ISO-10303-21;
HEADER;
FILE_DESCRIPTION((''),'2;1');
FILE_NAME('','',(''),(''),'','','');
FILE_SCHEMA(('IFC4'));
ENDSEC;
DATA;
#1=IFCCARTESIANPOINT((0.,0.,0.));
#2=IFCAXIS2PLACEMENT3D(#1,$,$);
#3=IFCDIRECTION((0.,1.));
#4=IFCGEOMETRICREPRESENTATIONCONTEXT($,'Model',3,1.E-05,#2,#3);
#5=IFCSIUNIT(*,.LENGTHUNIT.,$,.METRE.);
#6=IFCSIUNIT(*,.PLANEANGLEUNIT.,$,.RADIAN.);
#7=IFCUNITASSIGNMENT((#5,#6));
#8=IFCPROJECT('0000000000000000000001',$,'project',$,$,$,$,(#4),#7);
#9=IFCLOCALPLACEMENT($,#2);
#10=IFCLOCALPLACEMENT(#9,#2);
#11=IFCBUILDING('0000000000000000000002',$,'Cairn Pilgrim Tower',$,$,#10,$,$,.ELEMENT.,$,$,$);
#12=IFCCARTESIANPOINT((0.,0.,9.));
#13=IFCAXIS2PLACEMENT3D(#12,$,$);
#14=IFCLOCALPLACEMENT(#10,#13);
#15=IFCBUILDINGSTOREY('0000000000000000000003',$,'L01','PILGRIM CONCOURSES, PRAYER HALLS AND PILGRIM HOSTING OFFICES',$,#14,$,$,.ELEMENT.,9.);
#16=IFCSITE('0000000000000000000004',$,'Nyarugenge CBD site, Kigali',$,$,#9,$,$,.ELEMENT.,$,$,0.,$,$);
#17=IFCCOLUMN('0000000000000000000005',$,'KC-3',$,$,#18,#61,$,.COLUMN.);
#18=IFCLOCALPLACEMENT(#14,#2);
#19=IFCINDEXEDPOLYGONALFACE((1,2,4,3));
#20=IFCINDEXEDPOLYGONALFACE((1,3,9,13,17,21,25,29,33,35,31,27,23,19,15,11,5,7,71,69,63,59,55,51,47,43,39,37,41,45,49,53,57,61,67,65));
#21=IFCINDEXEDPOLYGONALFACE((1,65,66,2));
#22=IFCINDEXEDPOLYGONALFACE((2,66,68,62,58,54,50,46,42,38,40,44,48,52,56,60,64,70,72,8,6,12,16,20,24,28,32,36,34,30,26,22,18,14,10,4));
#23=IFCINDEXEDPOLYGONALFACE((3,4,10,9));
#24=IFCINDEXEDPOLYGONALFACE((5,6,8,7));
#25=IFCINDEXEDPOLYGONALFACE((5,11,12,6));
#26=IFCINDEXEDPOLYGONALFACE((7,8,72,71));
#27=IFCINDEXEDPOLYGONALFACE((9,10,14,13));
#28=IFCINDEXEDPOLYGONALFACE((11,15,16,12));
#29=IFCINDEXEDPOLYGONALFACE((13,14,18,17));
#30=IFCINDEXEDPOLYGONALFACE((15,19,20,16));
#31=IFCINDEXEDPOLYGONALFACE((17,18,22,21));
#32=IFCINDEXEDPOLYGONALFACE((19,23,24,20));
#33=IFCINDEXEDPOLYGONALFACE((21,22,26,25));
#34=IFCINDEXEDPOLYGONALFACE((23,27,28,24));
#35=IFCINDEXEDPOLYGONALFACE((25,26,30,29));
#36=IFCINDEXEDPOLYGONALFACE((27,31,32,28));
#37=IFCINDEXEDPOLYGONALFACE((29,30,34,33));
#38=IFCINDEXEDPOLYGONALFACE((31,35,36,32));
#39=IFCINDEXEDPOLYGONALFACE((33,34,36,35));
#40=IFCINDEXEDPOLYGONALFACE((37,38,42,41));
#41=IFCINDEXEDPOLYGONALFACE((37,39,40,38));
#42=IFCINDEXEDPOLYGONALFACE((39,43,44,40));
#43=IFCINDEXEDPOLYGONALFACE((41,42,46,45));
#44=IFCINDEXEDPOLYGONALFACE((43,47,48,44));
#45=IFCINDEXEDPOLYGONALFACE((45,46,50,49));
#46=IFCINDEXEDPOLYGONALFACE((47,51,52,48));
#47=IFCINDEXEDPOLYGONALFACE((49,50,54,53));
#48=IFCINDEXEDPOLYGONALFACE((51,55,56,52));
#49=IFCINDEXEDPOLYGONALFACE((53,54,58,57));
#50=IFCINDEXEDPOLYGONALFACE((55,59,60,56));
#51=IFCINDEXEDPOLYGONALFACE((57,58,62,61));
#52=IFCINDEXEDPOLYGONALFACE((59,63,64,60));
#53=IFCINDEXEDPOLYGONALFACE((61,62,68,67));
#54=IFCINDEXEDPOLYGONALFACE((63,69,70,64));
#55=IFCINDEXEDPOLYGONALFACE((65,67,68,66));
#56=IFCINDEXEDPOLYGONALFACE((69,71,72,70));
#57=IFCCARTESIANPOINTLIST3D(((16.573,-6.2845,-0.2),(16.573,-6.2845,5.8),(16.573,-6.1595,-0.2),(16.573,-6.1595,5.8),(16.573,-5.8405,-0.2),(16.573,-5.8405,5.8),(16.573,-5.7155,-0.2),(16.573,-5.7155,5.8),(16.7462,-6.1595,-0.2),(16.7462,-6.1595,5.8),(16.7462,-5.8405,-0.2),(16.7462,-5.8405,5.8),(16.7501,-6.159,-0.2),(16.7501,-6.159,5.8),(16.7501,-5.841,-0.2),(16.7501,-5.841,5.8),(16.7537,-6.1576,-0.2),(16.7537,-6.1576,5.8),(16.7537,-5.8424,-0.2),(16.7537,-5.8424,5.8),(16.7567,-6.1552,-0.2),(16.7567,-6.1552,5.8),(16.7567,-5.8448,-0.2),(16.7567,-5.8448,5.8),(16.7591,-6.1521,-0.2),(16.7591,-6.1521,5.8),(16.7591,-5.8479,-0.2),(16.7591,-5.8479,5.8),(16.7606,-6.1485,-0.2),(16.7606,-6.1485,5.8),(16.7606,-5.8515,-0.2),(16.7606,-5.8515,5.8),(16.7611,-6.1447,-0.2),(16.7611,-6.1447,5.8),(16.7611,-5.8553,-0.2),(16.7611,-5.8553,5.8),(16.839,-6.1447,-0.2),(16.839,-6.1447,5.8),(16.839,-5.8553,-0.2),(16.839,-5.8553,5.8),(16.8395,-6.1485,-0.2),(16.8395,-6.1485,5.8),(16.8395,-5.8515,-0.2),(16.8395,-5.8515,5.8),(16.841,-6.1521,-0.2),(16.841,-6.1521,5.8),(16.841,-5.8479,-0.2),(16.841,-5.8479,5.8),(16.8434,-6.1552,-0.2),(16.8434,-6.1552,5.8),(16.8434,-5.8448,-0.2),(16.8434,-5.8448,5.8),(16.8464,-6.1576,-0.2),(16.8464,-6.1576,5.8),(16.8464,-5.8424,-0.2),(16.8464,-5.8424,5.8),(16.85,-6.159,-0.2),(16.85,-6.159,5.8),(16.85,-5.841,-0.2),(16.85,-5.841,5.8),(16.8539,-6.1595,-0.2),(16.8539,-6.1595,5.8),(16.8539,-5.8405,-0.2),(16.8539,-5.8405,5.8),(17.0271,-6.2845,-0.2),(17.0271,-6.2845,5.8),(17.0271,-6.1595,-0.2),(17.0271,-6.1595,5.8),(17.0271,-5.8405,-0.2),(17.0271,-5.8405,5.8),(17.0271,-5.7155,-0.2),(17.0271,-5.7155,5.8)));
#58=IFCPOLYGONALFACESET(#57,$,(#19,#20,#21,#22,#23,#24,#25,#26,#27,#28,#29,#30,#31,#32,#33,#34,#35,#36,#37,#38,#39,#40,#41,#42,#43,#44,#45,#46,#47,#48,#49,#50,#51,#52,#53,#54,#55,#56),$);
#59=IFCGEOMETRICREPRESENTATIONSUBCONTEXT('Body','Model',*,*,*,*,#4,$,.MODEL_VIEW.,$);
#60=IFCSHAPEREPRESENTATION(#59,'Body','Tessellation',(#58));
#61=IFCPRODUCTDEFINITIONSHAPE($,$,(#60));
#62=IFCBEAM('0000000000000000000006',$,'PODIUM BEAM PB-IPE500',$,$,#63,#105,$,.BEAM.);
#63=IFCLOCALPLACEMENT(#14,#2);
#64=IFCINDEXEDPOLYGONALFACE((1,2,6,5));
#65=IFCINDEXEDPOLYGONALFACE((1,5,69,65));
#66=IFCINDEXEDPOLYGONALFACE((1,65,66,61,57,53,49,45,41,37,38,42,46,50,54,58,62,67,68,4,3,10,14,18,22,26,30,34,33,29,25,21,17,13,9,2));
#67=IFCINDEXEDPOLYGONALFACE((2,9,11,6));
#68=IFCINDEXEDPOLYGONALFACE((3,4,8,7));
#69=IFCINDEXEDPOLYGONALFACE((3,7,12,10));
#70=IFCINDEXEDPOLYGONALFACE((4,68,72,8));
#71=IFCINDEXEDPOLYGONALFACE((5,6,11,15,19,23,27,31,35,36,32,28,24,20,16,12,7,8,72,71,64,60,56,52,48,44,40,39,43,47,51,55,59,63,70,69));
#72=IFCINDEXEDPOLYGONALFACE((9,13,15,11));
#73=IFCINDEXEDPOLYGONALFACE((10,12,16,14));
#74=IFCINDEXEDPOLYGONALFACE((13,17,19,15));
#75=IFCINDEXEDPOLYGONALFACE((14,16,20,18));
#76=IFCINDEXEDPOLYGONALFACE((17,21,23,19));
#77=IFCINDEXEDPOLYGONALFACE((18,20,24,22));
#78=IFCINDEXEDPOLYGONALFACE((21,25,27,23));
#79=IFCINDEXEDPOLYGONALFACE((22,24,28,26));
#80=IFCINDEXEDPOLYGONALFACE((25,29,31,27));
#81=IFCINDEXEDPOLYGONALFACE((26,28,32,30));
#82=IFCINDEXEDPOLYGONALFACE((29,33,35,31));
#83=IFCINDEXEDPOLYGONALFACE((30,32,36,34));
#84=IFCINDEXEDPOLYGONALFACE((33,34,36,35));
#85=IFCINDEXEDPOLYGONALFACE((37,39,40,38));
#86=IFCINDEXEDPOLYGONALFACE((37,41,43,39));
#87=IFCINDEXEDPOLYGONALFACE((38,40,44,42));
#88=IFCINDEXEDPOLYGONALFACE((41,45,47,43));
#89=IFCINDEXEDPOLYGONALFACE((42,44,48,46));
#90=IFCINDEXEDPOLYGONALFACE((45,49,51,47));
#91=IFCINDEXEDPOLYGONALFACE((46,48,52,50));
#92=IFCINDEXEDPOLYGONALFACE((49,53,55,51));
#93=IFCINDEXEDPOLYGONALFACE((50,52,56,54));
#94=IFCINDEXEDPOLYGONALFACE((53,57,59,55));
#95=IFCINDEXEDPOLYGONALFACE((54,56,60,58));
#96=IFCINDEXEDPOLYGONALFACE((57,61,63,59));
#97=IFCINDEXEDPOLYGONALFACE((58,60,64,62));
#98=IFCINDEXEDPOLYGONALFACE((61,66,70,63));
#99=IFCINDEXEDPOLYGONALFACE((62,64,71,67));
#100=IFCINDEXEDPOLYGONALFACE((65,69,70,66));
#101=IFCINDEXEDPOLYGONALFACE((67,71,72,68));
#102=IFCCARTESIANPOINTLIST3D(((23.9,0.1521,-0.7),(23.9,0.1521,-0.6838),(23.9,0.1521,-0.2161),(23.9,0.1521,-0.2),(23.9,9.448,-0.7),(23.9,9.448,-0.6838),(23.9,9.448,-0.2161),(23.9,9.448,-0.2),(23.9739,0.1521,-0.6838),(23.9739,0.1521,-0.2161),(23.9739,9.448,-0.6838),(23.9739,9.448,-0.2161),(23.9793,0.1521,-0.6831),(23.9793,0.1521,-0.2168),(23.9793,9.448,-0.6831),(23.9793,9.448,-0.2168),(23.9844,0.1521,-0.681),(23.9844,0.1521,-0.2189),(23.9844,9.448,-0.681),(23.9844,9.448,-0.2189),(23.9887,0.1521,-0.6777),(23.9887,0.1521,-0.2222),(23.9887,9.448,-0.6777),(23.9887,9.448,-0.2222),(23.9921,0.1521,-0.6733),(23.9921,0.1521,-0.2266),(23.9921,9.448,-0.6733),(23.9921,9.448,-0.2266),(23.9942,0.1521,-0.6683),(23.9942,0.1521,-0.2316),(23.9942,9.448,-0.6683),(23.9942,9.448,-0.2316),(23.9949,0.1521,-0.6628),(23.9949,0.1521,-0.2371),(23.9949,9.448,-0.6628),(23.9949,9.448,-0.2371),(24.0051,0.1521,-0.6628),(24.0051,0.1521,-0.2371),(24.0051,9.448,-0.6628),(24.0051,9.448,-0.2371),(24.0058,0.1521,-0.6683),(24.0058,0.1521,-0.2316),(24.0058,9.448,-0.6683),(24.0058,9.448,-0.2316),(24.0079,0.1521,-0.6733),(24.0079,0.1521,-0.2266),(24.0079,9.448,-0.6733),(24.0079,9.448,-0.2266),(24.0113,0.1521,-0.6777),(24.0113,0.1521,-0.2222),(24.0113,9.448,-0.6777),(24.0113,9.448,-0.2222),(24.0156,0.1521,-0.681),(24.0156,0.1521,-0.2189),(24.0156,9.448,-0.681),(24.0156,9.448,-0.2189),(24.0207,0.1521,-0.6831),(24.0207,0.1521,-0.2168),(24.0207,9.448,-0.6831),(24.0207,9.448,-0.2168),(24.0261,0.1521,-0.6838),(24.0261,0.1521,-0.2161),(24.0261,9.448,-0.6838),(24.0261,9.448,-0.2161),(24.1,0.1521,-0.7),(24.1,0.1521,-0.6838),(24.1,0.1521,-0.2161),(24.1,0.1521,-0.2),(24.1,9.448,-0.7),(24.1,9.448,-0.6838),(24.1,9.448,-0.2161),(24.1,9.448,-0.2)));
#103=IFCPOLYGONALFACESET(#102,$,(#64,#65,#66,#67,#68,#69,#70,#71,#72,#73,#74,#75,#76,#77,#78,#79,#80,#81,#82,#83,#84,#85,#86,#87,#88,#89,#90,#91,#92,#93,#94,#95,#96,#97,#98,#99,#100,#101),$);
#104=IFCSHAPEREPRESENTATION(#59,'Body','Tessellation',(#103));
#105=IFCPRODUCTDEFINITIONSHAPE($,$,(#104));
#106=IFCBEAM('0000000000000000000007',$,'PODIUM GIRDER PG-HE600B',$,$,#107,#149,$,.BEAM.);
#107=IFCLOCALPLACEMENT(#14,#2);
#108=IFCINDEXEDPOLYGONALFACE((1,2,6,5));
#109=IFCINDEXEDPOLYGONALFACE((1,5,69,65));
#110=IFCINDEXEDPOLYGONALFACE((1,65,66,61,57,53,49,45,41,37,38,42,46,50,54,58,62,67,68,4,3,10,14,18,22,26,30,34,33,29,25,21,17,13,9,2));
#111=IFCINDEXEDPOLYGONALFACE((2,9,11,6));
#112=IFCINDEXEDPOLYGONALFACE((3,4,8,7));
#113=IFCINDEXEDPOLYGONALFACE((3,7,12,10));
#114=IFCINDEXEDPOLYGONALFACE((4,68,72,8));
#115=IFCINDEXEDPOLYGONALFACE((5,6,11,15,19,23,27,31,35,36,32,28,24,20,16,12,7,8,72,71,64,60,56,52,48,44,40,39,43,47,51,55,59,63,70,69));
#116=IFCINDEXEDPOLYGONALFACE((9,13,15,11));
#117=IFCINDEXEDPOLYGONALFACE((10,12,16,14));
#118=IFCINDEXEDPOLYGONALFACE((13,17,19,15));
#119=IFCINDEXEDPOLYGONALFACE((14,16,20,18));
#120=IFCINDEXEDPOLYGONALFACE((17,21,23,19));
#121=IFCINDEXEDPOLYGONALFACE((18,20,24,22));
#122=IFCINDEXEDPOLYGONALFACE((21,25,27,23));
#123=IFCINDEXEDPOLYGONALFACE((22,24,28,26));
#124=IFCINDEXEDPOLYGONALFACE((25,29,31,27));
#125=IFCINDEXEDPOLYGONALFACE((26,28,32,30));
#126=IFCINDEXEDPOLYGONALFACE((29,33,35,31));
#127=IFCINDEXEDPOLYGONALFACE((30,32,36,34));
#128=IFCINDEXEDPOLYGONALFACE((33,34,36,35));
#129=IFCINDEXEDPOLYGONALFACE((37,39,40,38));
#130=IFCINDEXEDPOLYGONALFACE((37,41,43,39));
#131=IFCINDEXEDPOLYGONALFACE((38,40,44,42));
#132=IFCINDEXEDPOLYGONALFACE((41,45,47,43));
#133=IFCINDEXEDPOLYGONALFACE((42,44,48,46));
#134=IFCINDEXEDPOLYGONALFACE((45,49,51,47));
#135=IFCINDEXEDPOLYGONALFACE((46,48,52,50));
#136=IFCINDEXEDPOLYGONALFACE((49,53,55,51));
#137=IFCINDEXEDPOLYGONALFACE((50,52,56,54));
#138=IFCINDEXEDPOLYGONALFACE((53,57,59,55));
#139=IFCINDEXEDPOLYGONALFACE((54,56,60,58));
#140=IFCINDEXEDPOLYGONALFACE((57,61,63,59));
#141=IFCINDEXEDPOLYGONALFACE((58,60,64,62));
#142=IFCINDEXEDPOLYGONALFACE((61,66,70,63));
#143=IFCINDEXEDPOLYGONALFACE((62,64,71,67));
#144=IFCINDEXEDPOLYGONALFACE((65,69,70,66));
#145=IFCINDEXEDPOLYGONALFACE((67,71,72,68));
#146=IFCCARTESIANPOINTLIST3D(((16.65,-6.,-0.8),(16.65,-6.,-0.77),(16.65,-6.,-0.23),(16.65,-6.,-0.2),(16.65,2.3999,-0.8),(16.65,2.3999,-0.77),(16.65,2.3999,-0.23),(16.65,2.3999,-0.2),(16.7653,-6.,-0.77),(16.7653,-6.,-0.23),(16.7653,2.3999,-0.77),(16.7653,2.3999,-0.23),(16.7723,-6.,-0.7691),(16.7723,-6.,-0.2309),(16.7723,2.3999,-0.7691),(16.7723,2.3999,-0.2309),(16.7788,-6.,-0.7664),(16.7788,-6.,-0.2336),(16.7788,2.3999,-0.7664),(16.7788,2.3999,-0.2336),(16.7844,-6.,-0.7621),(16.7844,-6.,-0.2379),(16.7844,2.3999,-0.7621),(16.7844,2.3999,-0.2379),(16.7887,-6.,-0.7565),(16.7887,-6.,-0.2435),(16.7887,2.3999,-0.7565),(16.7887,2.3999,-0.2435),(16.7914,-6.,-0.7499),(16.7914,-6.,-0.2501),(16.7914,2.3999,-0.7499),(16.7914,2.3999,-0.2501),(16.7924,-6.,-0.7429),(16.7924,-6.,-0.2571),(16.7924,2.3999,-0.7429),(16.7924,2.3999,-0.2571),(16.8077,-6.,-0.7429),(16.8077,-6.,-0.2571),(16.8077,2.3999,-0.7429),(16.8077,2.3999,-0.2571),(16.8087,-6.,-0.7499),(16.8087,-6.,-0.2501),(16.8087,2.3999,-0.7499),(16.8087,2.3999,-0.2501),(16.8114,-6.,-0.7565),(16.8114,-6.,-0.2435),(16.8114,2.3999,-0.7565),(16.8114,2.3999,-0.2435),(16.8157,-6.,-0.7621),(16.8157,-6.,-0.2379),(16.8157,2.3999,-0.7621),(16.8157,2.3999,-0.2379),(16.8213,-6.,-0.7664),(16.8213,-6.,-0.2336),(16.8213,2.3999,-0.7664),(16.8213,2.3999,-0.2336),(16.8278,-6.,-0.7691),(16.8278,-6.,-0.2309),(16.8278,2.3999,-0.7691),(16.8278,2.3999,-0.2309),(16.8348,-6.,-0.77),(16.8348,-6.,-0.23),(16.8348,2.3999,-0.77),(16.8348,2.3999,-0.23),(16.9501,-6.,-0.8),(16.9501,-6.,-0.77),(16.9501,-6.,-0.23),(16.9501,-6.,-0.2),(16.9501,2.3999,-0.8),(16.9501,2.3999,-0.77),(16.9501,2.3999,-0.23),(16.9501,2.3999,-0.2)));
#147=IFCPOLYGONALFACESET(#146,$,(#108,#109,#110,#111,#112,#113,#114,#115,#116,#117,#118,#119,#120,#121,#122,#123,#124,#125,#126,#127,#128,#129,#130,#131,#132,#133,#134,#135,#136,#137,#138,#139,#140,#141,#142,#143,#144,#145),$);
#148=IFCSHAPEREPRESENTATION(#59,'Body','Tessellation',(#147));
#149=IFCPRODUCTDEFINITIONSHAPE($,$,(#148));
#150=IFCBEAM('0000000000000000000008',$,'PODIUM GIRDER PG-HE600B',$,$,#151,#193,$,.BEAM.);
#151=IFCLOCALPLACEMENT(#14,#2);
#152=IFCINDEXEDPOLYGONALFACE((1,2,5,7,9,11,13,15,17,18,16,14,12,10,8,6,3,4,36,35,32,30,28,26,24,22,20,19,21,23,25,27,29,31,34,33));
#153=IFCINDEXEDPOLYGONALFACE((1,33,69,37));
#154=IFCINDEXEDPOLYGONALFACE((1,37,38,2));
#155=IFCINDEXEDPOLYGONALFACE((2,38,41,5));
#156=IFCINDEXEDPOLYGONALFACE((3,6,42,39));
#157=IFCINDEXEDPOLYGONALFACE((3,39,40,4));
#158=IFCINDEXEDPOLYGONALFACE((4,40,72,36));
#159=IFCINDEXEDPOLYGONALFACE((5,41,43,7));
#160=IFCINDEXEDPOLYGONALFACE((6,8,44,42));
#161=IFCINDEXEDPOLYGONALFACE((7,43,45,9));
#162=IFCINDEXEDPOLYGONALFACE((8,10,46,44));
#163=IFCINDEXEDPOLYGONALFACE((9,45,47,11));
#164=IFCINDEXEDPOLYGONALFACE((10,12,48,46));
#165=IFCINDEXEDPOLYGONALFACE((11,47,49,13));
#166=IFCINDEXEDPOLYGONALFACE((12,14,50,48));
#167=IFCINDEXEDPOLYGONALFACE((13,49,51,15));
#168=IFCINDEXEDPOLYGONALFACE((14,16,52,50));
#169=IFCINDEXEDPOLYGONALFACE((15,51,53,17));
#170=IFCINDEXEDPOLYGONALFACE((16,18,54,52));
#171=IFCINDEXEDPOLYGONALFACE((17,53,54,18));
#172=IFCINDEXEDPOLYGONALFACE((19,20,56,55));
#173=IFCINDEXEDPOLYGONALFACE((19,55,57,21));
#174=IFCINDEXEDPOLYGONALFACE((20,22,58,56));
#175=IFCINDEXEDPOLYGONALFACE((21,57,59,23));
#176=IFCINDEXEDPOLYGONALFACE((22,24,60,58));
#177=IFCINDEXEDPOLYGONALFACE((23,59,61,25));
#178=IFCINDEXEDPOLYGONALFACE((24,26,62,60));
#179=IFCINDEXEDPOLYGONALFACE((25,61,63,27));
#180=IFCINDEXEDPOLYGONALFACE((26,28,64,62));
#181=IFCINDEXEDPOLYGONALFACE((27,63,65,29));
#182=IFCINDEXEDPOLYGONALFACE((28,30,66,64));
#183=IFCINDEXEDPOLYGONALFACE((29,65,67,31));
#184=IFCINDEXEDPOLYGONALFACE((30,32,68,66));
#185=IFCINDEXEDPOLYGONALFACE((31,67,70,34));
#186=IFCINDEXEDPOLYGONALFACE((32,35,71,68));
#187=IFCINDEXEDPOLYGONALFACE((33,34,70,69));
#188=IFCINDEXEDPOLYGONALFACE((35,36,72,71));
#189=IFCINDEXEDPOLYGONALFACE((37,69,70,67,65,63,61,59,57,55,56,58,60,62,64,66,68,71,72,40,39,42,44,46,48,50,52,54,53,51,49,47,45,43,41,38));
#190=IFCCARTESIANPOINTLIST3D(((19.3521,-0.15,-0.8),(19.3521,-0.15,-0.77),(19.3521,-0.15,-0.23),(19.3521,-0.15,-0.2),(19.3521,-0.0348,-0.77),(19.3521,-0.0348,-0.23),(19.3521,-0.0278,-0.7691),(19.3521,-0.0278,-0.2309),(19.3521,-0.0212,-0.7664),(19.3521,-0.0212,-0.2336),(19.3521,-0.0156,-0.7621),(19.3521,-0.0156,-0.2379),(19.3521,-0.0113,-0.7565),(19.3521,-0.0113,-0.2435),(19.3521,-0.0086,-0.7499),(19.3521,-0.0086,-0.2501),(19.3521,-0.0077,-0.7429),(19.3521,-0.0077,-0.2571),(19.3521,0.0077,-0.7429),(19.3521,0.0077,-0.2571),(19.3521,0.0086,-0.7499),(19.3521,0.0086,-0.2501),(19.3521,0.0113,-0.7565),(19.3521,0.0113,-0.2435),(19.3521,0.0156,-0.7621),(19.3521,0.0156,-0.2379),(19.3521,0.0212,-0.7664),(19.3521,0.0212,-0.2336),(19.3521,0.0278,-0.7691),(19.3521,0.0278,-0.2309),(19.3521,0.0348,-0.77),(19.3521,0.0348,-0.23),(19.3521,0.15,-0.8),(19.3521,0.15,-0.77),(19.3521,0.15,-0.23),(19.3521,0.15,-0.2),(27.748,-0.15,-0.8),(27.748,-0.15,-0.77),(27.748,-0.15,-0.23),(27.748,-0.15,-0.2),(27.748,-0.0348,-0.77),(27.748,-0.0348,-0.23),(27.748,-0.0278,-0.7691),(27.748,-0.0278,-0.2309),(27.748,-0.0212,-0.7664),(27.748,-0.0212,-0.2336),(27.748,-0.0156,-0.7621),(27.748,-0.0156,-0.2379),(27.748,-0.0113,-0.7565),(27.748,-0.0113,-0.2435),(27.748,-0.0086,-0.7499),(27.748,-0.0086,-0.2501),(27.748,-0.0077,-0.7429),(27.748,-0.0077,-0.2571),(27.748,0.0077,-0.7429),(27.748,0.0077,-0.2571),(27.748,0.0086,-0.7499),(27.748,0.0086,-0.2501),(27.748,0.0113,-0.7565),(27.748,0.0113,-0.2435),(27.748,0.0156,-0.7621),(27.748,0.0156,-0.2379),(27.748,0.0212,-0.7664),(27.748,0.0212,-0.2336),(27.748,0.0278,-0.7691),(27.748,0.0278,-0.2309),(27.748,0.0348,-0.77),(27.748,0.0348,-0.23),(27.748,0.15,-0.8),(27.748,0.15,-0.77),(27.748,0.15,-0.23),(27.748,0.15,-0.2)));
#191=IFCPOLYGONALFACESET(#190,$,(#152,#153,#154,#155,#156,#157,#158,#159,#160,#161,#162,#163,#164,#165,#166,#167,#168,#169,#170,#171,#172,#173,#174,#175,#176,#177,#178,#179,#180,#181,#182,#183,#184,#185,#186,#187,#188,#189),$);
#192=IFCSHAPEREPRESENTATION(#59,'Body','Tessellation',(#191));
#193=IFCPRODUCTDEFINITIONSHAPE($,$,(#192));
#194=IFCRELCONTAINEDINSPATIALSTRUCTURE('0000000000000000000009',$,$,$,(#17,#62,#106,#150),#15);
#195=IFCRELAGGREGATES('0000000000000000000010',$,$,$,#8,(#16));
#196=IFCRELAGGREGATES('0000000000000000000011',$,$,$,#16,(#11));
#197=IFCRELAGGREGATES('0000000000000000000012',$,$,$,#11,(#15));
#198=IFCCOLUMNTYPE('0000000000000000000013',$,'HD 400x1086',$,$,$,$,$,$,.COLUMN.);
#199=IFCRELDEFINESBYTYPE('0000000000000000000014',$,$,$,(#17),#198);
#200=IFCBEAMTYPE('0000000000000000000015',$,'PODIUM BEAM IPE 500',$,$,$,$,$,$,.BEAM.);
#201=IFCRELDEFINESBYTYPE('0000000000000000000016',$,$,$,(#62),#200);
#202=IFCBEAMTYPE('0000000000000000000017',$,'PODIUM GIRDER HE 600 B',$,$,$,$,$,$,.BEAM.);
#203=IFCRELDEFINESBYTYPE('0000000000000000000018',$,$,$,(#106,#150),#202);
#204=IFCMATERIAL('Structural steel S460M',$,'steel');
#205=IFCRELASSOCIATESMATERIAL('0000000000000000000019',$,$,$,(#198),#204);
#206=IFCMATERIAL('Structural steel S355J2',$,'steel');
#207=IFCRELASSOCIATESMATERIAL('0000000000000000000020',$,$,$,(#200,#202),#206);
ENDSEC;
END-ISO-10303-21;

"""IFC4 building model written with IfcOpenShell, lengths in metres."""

from ifc_helpers import new_model, si_unit, direction, frame, origin, origin_2d, place, context, subcontext, project, spatial, i_section, extrude, material, material_profile, profile_set, type_object, element, save


model = new_model("IFC4")

# Units and contexts
model_context = context("Model", 3, precision=1e-05, world=origin(), true_north=direction((0.0, 1.0)))
body_context = subcontext(model_context, "Body", "Model", "MODEL_VIEW")
ifc_project = project(units=[si_unit("LENGTHUNIT", "METRE"), si_unit("PLANEANGLEUNIT", "RADIAN")], contexts=[model_context])

# Site, building, storey
site_placement = place(None, origin())
site = spatial("IfcSite", under=ifc_project, at=site_placement, Name="Nyarugenge CBD site, Kigali", CompositionType="ELEMENT", RefElevation=0.0)
building_placement = place(site_placement, origin())
building = spatial("IfcBuilding", under=site, at=building_placement, Name="Cairn Pilgrim Tower", CompositionType="ELEMENT")
storey_placement = place(building_placement, frame((0.0, 0.0, 9.0)))
storey = spatial("IfcBuildingStorey", under=building, at=storey_placement, Name="L01", Description="PILGRIM CONCOURSES, PRAYER HALLS AND PILGRIM HOSTING OFFICES", CompositionType="ELEMENT", Elevation=9.0)

# Column
ifc_material_1 = material(Name="Structural steel S460M", Category="steel")
ifc_material_profile_1 = material_profile(ifc_material_1, i_section(OverallWidth=0.4541, OverallDepth=0.5691, WebThickness=0.0779, FlangeThickness=0.125, FilletRadius=0.0149, at=origin_2d()), Name="HD 400x1086")
ifc_profile_set_1 = profile_set([ifc_material_profile_1], Name="Structural steel S460M")
column_type = type_object("IfcColumnType", Name="HD 400x1086", PredefinedType="COLUMN", material=ifc_profile_set_1)
column_placement = place(storey_placement, frame((16.8, -6.0, -0.2), z_axis=(0.0, 0.0, 1.0), x_axis=(1.0, 0.0, 0.0)))
element("IfcColumn", 1, at=column_placement, inside=storey, type_object=column_type, Name="KC-3", PredefinedType="COLUMN", context=body_context, shape_type="SweptSolid", body=[
    extrude(i_section(OverallWidth=0.4541, OverallDepth=0.5691, WebThickness=0.0779, FlangeThickness=0.125, FilletRadius=0.0149, at=origin_2d()), origin(), (0.0, 0.0, 1.0), 6.0),
])

# Beams
ifc_material_2 = material(Name="Structural steel S355J2", Category="steel")
ifc_material_profile_2 = material_profile(ifc_material_2, i_section(OverallWidth=0.2, OverallDepth=0.5, WebThickness=0.0103, FlangeThickness=0.0161, FilletRadius=0.021, at=origin_2d()), Name="IPE 500")
ifc_profile_set_2 = profile_set([ifc_material_profile_2], Name="Structural steel S355J2")
beam_type_1 = type_object("IfcBeamType", Name="PODIUM BEAM IPE 500", PredefinedType="BEAM", material=ifc_profile_set_2)
beam_1_placement = place(storey_placement, frame((24.0, 0.1521, -0.45), z_axis=(0.0, 1.0, 0.0), x_axis=(-1.0, 0.0, 0.0)))
element("IfcBeam", 2, at=beam_1_placement, inside=storey, type_object=beam_type_1, Name="PODIUM BEAM PB-IPE500", PredefinedType="BEAM", context=body_context, shape_type="SweptSolid", body=[
    extrude(i_section(OverallWidth=0.2, OverallDepth=0.5, WebThickness=0.0103, FlangeThickness=0.0161, FilletRadius=0.021, at=origin_2d()), origin(), (0.0, 0.0, 1.0), 9.2959),
])
ifc_material_profile_3 = material_profile(ifc_material_2, i_section(OverallWidth=0.3, OverallDepth=0.6001, WebThickness=0.0154, FlangeThickness=0.03, FilletRadius=0.0271, at=origin_2d()), Name="HEB 600")
ifc_profile_set_3 = profile_set([ifc_material_profile_3], Name="Structural steel S355J2")
beam_type_2 = type_object("IfcBeamType", Name="PODIUM GIRDER HE 600 B", PredefinedType="BEAM", material=ifc_profile_set_3)
beam_2_placement = place(storey_placement, frame((16.8, -6.0, -0.5), z_axis=(0.0, 1.0, 0.0), x_axis=(-1.0, 0.0, 0.0)))
element("IfcBeam", 3, at=beam_2_placement, inside=storey, type_object=beam_type_2, Name="PODIUM GIRDER PG-HE600B", PredefinedType="BEAM", context=body_context, shape_type="SweptSolid", body=[
    extrude(i_section(OverallWidth=0.3, OverallDepth=0.6001, WebThickness=0.0154, FlangeThickness=0.03, FilletRadius=0.0271, at=origin_2d()), origin(), (0.0, 0.0, 1.0), 8.3999),
])
beam_3_placement = place(storey_placement, frame((19.3521, 0.0, -0.5), z_axis=(1.0, 0.0, 0.0), x_axis=(0.0, 1.0, 0.0)))
element("IfcBeam", 4, at=beam_3_placement, inside=storey, type_object=beam_type_2, Name="PODIUM GIRDER PG-HE600B", PredefinedType="BEAM", context=body_context, shape_type="SweptSolid", body=[
    extrude(i_section(OverallWidth=0.3, OverallDepth=0.6001, WebThickness=0.0154, FlangeThickness=0.03, FilletRadius=0.0271, at=origin_2d()), origin(), (0.0, 0.0, 1.0), 8.396),
])

save(model, "model.ifc")
